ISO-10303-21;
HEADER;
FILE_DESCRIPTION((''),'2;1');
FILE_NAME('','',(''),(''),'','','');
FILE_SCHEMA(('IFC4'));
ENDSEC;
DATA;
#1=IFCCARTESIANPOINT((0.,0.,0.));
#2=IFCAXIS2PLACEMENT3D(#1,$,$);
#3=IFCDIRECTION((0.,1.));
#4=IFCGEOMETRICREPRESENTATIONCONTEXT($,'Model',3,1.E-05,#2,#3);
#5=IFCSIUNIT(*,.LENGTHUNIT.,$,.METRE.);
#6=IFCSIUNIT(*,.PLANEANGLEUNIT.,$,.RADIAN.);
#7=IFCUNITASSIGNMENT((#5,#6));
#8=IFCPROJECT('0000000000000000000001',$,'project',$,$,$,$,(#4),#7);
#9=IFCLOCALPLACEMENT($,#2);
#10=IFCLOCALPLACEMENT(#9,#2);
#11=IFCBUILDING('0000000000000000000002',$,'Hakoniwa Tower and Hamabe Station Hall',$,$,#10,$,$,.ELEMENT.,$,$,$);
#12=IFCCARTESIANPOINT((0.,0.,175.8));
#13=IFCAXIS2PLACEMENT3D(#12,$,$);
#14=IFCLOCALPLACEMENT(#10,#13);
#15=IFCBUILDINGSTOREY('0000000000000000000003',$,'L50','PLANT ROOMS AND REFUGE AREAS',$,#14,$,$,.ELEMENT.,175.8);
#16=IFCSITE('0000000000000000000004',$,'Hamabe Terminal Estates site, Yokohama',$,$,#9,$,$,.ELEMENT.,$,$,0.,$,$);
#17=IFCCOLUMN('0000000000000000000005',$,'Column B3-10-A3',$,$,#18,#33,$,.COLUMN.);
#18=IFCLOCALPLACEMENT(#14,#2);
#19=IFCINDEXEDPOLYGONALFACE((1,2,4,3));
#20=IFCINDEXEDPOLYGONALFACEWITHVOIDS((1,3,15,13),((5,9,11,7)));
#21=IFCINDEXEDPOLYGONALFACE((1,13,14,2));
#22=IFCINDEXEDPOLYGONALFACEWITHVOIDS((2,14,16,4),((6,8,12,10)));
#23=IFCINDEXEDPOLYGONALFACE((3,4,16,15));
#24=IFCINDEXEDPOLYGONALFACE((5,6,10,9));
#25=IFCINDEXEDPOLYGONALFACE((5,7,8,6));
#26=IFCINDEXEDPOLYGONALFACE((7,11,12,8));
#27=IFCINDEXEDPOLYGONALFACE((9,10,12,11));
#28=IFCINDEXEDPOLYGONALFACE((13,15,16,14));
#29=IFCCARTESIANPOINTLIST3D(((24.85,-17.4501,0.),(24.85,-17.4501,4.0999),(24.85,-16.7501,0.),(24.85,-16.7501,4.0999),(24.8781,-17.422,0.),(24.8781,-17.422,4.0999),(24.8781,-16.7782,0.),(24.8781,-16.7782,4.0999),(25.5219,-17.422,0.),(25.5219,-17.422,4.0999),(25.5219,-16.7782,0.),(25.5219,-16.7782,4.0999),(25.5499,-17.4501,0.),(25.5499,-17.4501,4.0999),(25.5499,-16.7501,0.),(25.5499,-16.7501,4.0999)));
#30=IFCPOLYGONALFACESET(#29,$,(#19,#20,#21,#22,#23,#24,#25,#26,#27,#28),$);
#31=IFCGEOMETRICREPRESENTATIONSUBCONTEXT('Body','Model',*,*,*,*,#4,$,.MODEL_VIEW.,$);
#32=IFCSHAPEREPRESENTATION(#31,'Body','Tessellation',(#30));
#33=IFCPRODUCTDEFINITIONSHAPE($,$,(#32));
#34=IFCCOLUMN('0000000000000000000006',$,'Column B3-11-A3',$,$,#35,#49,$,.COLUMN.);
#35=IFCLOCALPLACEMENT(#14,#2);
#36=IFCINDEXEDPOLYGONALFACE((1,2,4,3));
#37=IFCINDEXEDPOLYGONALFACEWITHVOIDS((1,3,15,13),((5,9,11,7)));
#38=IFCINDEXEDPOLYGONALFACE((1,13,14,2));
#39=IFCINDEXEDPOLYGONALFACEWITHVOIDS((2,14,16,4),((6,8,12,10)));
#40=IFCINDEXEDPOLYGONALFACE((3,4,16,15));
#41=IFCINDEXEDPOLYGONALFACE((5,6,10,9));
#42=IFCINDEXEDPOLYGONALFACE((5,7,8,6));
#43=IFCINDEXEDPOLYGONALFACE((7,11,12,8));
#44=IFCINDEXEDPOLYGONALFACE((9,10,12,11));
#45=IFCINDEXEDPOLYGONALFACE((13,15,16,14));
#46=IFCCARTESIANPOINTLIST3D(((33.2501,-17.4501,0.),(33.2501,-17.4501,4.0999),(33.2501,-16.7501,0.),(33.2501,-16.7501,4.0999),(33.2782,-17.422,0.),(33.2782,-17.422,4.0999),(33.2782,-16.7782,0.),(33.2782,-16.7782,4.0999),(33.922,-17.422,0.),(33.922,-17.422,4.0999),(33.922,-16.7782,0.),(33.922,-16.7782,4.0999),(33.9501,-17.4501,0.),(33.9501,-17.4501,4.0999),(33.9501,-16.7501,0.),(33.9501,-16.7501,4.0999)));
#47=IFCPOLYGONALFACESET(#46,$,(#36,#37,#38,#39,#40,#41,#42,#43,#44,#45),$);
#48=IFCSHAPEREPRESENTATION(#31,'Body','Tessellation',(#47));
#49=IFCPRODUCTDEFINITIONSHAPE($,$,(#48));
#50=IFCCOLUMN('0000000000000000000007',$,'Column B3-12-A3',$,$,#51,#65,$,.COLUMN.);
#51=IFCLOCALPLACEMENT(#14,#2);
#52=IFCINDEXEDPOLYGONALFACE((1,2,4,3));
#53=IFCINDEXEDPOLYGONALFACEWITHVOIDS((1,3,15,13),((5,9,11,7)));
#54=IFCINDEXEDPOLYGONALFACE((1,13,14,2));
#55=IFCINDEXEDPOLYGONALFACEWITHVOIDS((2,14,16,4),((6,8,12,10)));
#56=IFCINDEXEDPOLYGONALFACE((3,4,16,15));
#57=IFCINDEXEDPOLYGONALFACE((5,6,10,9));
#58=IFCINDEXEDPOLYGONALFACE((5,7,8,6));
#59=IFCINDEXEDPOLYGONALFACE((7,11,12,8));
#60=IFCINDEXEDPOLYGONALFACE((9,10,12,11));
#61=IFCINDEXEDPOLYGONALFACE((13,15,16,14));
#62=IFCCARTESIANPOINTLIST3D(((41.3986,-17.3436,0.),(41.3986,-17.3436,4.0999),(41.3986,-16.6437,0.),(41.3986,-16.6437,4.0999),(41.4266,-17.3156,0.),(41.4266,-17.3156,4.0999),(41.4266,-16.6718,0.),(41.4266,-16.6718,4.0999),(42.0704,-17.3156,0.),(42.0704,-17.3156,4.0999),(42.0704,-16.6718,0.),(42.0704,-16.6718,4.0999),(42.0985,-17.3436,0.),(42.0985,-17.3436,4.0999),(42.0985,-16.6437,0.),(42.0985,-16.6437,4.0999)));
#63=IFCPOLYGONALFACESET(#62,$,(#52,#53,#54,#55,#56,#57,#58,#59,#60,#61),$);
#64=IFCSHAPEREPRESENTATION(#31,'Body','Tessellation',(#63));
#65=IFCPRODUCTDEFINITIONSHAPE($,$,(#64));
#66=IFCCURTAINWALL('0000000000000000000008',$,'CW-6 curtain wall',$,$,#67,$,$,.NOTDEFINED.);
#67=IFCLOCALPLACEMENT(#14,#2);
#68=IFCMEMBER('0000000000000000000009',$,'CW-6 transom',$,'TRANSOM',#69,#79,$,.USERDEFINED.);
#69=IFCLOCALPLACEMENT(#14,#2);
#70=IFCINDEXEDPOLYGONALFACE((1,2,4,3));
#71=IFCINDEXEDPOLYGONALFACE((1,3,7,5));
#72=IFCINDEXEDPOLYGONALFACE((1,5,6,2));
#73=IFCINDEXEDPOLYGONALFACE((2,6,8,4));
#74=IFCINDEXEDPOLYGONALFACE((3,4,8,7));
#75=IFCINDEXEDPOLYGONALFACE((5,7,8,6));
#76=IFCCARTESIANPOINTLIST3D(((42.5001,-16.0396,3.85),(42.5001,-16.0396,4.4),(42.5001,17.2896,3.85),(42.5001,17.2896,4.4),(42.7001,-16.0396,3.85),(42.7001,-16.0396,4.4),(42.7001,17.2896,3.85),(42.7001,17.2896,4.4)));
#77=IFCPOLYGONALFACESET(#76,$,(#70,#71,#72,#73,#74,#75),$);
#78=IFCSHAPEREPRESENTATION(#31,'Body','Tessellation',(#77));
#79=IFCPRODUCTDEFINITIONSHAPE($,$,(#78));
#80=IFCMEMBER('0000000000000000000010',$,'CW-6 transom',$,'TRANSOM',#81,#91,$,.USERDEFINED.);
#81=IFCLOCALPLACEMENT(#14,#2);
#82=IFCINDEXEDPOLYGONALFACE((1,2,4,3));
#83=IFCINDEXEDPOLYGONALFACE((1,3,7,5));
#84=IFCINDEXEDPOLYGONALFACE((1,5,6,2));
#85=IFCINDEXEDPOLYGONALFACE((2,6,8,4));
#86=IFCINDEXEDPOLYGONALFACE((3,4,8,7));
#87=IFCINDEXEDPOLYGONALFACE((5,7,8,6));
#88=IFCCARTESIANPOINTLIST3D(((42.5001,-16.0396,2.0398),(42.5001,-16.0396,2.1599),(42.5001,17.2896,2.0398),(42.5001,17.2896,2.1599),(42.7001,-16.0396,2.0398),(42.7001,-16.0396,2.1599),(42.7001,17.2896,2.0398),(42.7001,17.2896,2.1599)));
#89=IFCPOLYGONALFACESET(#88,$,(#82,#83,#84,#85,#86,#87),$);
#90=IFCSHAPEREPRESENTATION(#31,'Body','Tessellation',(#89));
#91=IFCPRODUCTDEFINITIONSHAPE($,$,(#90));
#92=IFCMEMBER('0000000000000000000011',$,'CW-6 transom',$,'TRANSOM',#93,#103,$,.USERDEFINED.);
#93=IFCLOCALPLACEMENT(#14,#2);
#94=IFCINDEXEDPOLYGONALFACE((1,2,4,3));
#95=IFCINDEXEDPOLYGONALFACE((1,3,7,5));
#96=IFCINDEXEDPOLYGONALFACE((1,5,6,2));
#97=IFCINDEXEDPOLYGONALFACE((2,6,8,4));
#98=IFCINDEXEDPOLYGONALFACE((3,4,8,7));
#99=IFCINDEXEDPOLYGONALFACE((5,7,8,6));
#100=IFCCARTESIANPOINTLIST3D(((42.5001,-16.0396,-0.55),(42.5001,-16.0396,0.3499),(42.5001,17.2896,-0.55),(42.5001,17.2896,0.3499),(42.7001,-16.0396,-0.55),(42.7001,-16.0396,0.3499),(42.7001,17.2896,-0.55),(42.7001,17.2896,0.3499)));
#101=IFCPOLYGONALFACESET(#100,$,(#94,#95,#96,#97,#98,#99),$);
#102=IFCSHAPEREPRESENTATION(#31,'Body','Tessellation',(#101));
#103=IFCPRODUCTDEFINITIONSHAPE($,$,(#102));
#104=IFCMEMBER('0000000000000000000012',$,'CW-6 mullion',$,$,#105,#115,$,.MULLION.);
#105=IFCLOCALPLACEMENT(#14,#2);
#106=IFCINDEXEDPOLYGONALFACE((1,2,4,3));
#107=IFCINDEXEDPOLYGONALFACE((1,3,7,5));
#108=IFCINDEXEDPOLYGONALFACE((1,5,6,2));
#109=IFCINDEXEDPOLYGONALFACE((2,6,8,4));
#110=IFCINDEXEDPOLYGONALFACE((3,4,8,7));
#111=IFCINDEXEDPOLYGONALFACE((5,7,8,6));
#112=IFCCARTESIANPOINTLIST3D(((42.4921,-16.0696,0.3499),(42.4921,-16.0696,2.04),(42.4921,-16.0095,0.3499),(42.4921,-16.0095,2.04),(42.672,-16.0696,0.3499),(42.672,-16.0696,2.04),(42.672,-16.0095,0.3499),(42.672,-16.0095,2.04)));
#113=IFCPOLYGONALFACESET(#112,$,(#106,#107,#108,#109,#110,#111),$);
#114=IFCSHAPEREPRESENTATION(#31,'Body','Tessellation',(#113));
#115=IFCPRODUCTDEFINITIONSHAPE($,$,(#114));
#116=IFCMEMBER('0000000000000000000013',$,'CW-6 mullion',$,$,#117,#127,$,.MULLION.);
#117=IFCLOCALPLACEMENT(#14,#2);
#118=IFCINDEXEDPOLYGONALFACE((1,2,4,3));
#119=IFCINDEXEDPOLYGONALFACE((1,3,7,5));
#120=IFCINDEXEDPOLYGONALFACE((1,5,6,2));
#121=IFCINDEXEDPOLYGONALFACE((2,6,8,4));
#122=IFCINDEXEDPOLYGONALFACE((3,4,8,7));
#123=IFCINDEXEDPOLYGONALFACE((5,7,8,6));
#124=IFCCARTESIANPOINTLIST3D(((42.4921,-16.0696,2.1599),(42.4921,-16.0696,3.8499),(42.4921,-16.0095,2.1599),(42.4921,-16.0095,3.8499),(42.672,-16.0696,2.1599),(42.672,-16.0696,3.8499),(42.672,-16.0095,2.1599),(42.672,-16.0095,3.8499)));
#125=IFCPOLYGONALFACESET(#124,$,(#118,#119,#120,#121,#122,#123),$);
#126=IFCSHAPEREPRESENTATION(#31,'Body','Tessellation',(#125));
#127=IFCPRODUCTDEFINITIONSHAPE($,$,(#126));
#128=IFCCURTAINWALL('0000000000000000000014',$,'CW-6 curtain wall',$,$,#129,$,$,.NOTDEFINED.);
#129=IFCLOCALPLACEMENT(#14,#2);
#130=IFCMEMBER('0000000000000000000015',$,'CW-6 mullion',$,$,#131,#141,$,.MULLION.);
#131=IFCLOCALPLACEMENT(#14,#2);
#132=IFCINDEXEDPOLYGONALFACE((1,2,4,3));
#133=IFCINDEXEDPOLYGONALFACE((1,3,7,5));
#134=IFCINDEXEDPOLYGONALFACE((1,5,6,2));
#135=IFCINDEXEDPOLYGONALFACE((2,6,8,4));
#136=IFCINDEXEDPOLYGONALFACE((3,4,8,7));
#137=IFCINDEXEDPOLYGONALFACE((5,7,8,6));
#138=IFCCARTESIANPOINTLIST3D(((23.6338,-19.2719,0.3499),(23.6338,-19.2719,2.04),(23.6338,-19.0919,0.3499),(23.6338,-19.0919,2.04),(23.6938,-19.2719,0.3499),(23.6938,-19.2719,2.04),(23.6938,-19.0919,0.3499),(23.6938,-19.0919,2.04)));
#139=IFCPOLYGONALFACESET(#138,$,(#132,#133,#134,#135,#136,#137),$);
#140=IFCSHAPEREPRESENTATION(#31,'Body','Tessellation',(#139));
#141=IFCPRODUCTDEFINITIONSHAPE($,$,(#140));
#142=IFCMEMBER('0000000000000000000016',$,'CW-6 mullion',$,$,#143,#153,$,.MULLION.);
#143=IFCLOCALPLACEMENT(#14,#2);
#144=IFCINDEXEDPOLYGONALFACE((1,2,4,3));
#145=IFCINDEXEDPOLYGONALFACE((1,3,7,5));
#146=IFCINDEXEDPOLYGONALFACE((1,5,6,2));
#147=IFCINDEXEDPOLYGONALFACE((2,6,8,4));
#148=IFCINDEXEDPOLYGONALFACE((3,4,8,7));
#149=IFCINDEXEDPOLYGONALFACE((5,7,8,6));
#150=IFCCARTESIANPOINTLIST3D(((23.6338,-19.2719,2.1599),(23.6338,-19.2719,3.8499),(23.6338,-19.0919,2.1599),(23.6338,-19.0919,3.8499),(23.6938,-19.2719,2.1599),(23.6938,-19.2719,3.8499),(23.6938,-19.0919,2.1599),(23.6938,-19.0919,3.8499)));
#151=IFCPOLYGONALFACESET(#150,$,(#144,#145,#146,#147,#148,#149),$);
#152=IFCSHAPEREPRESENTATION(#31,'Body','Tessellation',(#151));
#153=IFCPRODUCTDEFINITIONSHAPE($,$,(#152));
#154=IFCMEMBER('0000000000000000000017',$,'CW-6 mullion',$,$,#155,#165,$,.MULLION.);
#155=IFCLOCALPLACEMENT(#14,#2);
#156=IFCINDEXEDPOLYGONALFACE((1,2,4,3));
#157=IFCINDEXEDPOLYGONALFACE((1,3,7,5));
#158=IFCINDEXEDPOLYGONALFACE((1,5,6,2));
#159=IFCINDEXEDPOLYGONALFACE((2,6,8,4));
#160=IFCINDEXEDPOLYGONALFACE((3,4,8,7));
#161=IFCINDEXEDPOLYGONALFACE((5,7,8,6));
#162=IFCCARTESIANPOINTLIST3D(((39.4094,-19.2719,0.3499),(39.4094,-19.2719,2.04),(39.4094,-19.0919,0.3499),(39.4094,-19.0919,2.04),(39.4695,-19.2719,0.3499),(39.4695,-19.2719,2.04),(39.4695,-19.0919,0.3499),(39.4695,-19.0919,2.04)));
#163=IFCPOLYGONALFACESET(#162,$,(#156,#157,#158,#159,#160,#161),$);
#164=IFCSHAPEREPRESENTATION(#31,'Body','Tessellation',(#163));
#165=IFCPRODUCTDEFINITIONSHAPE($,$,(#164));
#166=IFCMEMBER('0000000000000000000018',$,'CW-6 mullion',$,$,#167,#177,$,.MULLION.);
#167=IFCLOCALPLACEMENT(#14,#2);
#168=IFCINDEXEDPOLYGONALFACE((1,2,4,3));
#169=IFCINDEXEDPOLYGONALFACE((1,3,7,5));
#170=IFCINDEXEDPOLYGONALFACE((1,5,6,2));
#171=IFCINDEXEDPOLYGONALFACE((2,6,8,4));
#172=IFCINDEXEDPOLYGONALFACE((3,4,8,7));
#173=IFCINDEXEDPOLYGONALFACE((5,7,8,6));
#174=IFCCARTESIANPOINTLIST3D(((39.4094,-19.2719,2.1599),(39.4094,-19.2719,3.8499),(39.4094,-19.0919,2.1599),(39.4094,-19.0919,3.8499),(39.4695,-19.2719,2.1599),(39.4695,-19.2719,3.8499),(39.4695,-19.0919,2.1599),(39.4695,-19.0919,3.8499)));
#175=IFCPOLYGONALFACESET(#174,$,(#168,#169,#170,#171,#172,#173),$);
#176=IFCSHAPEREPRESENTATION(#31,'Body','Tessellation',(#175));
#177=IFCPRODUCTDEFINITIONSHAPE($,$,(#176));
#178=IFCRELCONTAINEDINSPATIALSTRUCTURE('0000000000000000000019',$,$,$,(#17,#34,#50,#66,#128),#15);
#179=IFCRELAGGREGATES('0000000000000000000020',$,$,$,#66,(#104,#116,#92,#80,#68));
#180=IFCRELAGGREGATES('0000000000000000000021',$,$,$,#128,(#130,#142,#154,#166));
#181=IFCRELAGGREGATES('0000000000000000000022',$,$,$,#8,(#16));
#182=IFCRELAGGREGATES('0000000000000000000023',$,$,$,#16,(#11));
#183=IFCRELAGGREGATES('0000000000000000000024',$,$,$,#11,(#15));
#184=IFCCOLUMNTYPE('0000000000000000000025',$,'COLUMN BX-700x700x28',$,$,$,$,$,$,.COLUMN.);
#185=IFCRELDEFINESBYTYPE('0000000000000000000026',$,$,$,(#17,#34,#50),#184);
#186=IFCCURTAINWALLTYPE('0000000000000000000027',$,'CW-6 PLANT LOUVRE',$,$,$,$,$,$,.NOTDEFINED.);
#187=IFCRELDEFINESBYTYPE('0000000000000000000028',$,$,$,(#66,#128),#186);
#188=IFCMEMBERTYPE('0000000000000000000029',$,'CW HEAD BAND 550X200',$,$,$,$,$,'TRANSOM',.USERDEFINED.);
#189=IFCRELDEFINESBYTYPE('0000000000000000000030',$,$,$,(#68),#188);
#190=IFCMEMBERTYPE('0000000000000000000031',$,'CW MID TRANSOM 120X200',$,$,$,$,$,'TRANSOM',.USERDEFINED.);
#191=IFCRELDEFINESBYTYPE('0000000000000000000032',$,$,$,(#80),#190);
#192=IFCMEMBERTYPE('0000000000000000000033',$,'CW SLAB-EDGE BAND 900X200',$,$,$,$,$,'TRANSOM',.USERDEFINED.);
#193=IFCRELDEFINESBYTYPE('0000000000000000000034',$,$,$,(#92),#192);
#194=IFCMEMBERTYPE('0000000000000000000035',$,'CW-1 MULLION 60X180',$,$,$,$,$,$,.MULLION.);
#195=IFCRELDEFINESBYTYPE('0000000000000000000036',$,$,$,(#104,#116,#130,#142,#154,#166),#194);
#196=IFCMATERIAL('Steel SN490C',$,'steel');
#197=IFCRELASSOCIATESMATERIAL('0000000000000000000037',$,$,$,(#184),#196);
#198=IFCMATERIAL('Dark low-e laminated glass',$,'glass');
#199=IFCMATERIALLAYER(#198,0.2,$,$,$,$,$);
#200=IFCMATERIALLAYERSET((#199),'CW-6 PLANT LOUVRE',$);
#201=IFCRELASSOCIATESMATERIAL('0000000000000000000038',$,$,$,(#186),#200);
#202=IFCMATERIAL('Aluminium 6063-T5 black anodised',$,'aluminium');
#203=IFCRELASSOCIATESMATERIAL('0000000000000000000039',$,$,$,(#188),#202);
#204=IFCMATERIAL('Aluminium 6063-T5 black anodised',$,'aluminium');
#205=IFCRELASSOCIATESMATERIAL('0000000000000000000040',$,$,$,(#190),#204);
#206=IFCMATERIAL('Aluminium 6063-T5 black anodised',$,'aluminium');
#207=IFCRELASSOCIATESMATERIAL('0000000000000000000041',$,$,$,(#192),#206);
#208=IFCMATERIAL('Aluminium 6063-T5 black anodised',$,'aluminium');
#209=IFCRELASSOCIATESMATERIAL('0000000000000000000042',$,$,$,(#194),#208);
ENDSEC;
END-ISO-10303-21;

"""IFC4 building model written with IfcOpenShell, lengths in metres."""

from ifc_helpers import new_model, si_unit, direction, frame, origin, origin_2d, place, context, subcontext, project, spatial, rectangle, hollow_rectangle, extrude, material, layer, layer_set, material_profile, profile_set, type_object, element, aggregate, save


model = new_model("IFC4")

# Units and contexts
model_context = context("Model", 3, precision=1e-05, world=origin(), true_north=direction((0.0, 1.0)))
body_context = subcontext(model_context, "Body", "Model", "MODEL_VIEW")
ifc_project = project(units=[si_unit("LENGTHUNIT", "METRE"), si_unit("PLANEANGLEUNIT", "RADIAN")], contexts=[model_context])

# Site, building, storey
site_placement = place(None, origin())
site = spatial("IfcSite", under=ifc_project, at=site_placement, Name="Hamabe Terminal Estates site, Yokohama", CompositionType="ELEMENT", RefElevation=0.0)
building_placement = place(site_placement, origin())
building = spatial("IfcBuilding", under=site, at=building_placement, Name="Hakoniwa Tower and Hamabe Station Hall", CompositionType="ELEMENT")
storey_placement = place(building_placement, frame((0.0, 0.0, 175.8)))
storey = spatial("IfcBuildingStorey", under=building, at=storey_placement, Name="L50", Description="PLANT ROOMS AND REFUGE AREAS", CompositionType="ELEMENT", Elevation=175.8)

# Columns
ifc_material_1 = material(Name="Steel SN490C", Category="steel")
ifc_material_profile_1 = material_profile(ifc_material_1, hollow_rectangle(XDim=0.7, YDim=0.7, WallThickness=0.0281, at=origin_2d()), Name="BX-700x700x28")
ifc_profile_set_1 = profile_set([ifc_material_profile_1], Name="Steel SN490C")
column_type = type_object("IfcColumnType", Name="COLUMN BX-700x700x28", PredefinedType="COLUMN", material=ifc_profile_set_1)
for number, where, z_axis, x_axis, name in (
    (1, (25.2, -17.1001, 0.0), (0.0, 0.0, 1.0), (1.0, 0.0, 0.0), "Column B3-10-A3"),
    (2, (33.6001, -17.1001, 0.0), (0.0, 0.0, 1.0), (1.0, 0.0, 0.0), "Column B3-11-A3"),
    (3, (41.7485, -16.9937, 0.0), (0.0, 0.0, 1.0), (1.0, 0.0, 0.0), "Column B3-12-A3"),
):
    element("IfcColumn", number, at=place(storey_placement, frame(where, z_axis=z_axis, x_axis=x_axis)), inside=storey, type_object=column_type, Name=name, PredefinedType="COLUMN", context=body_context, shape_type="SweptSolid", body=[
        extrude(hollow_rectangle(XDim=0.7, YDim=0.7, WallThickness=0.0281, at=origin_2d()), origin(), (0.0, 0.0, 1.0), 4.0999),
    ])

# Curtain walls, members
ifc_material_2 = material(Name="Dark low-e laminated glass", Category="glass")
ifc_layer_1 = layer(ifc_material_2, 0.2)
ifc_layer_set_1 = layer_set([ifc_layer_1], Name="CW-6 PLANT LOUVRE")
curtain_wall_type = type_object("IfcCurtainWallType", Name="CW-6 PLANT LOUVRE", PredefinedType="NOTDEFINED", material=ifc_layer_set_1)
curtain_wall_1_placement = place(storey_placement, origin())
curtain_wall_1 = element("IfcCurtainWall", 4, at=curtain_wall_1_placement, inside=storey, type_object=curtain_wall_type, Name="CW-6 curtain wall", PredefinedType="NOTDEFINED")
ifc_material_3 = material(Name="Aluminium 6063-T5 black anodised", Category="aluminium")
ifc_material_profile_2 = material_profile(ifc_material_3, rectangle(XDim=0.2, YDim=0.55, at=origin_2d()), Name="CW HEAD BAND 550X200")
ifc_profile_set_2 = profile_set([ifc_material_profile_2], Name="Aluminium 6063-T5 black anodised")
member_type_1 = type_object("IfcMemberType", Name="CW HEAD BAND 550X200", ElementType="TRANSOM", PredefinedType="USERDEFINED", material=ifc_profile_set_2)
member_1_placement = place(storey_placement, frame((42.6001, -16.0396, 4.125), z_axis=(0.0, 1.0, 0.0), x_axis=(-1.0, 0.0, 0.0)))
member_1 = element("IfcMember", 5, at=member_1_placement, type_object=member_type_1, Name="CW-6 transom", ObjectType="TRANSOM", PredefinedType="USERDEFINED", context=body_context, shape_type="SweptSolid", body=[
    extrude(rectangle(XDim=0.2, YDim=0.55, at=origin_2d()), origin(), (0.0, 0.0, 1.0), 33.3291),
])
ifc_material_4 = material(Name="Aluminium 6063-T5 black anodised", Category="aluminium")
ifc_material_profile_3 = material_profile(ifc_material_4, rectangle(XDim=0.2, YDim=0.1201, at=origin_2d()), Name="CW MID TRANSOM 120X200")
ifc_profile_set_3 = profile_set([ifc_material_profile_3], Name="Aluminium 6063-T5 black anodised")
member_type_2 = type_object("IfcMemberType", Name="CW MID TRANSOM 120X200", ElementType="TRANSOM", PredefinedType="USERDEFINED", material=ifc_profile_set_3)
member_2_placement = place(storey_placement, frame((42.6001, -16.0396, 2.0999), z_axis=(0.0, 1.0, 0.0), x_axis=(-1.0, 0.0, 0.0)))
member_2 = element("IfcMember", 6, at=member_2_placement, type_object=member_type_2, Name="CW-6 transom", ObjectType="TRANSOM", PredefinedType="USERDEFINED", context=body_context, shape_type="SweptSolid", body=[
    extrude(rectangle(XDim=0.2, YDim=0.1201, at=origin_2d()), origin(), (0.0, 0.0, 1.0), 33.3291),
])
ifc_material_5 = material(Name="Aluminium 6063-T5 black anodised", Category="aluminium")
ifc_material_profile_4 = material_profile(ifc_material_5, rectangle(XDim=0.2, YDim=0.8999, at=origin_2d()), Name="CW SLAB-EDGE BAND 900X200")
ifc_profile_set_4 = profile_set([ifc_material_profile_4], Name="Aluminium 6063-T5 black anodised")
member_type_3 = type_object("IfcMemberType", Name="CW SLAB-EDGE BAND 900X200", ElementType="TRANSOM", PredefinedType="USERDEFINED", material=ifc_profile_set_4)
member_3_placement = place(storey_placement, frame((42.6001, -16.0396, -0.1001), z_axis=(0.0, 1.0, 0.0), x_axis=(-1.0, 0.0, 0.0)))
member_3 = element("IfcMember", 7, at=member_3_placement, type_object=member_type_3, Name="CW-6 transom", ObjectType="TRANSOM", PredefinedType="USERDEFINED", context=body_context, shape_type="SweptSolid", body=[
    extrude(rectangle(XDim=0.2, YDim=0.8999, at=origin_2d()), origin(), (0.0, 0.0, 1.0), 33.3291),
])
ifc_material_6 = material(Name="Aluminium 6063-T5 black anodised", Category="aluminium")
ifc_material_profile_5 = material_profile(ifc_material_6, rectangle(XDim=0.0601, YDim=0.1799, at=origin_2d()), Name="CW-1 MULLION 60X180")
ifc_profile_set_5 = profile_set([ifc_material_profile_5], Name="Aluminium 6063-T5 black anodised")
member_type_4 = type_object("IfcMemberType", Name="CW-1 MULLION 60X180", PredefinedType="MULLION", material=ifc_profile_set_5)
member_4_placement = place(storey_placement, frame((42.582, -16.0396, 0.3499), z_axis=(0.0, 0.0, 1.0), x_axis=(0.0, 1.0, 0.0)))
member_4 = element("IfcMember", 8, at=member_4_placement, type_object=member_type_4, Name="CW-6 mullion", PredefinedType="MULLION", context=body_context, shape_type="SweptSolid", body=[
    extrude(rectangle(XDim=0.0601, YDim=0.1799, at=origin_2d()), origin(), (0.0, 0.0, 1.0), 1.6902),
])
member_5_placement = place(storey_placement, frame((42.582, -16.0396, 2.1599), z_axis=(0.0, 0.0, 1.0), x_axis=(0.0, 1.0, 0.0)))
member_5 = element("IfcMember", 9, at=member_5_placement, type_object=member_type_4, Name="CW-6 mullion", PredefinedType="MULLION", context=body_context, shape_type="SweptSolid", body=[
    extrude(rectangle(XDim=0.0601, YDim=0.1799, at=origin_2d()), origin(), (0.0, 0.0, 1.0), 1.6899),
])
aggregate(curtain_wall_1, [member_4, member_5, member_3, member_2, member_1])
curtain_wall_2_placement = place(storey_placement, origin())
curtain_wall_2 = element("IfcCurtainWall", 10, at=curtain_wall_2_placement, inside=storey, type_object=curtain_wall_type, Name="CW-6 curtain wall", PredefinedType="NOTDEFINED")
member_6_placement = place(storey_placement, frame((23.6638, -19.1819, 0.3499), z_axis=(0.0, 0.0, 1.0), x_axis=(1.0, 0.0, 0.0)))
member_6 = element("IfcMember", 11, at=member_6_placement, type_object=member_type_4, Name="CW-6 mullion", PredefinedType="MULLION", context=body_context, shape_type="SweptSolid", body=[
    extrude(rectangle(XDim=0.0601, YDim=0.1799, at=origin_2d()), origin(), (0.0, 0.0, 1.0), 1.6902),
])
member_7_placement = place(storey_placement, frame((23.6638, -19.1819, 2.1599), z_axis=(0.0, 0.0, 1.0), x_axis=(1.0, 0.0, 0.0)))
member_7 = element("IfcMember", 12, at=member_7_placement, type_object=member_type_4, Name="CW-6 mullion", PredefinedType="MULLION", context=body_context, shape_type="SweptSolid", body=[
    extrude(rectangle(XDim=0.0601, YDim=0.1799, at=origin_2d()), origin(), (0.0, 0.0, 1.0), 1.6899),
])
member_8_placement = place(storey_placement, frame((39.4395, -19.1819, 0.3499), z_axis=(0.0, 0.0, 1.0), x_axis=(1.0, 0.0, 0.0)))
member_8 = element("IfcMember", 13, at=member_8_placement, type_object=member_type_4, Name="CW-6 mullion", PredefinedType="MULLION", context=body_context, shape_type="SweptSolid", body=[
    extrude(rectangle(XDim=0.0601, YDim=0.1799, at=origin_2d()), origin(), (0.0, 0.0, 1.0), 1.6902),
])
member_9_placement = place(storey_placement, frame((39.4395, -19.1819, 2.1599), z_axis=(0.0, 0.0, 1.0), x_axis=(1.0, 0.0, 0.0)))
member_9 = element("IfcMember", 14, at=member_9_placement, type_object=member_type_4, Name="CW-6 mullion", PredefinedType="MULLION", context=body_context, shape_type="SweptSolid", body=[
    extrude(rectangle(XDim=0.0601, YDim=0.1799, at=origin_2d()), origin(), (0.0, 0.0, 1.0), 1.6899),
])

aggregate(curtain_wall_2, [member_6, member_7, member_8, member_9])

save(model, "model.ifc")
